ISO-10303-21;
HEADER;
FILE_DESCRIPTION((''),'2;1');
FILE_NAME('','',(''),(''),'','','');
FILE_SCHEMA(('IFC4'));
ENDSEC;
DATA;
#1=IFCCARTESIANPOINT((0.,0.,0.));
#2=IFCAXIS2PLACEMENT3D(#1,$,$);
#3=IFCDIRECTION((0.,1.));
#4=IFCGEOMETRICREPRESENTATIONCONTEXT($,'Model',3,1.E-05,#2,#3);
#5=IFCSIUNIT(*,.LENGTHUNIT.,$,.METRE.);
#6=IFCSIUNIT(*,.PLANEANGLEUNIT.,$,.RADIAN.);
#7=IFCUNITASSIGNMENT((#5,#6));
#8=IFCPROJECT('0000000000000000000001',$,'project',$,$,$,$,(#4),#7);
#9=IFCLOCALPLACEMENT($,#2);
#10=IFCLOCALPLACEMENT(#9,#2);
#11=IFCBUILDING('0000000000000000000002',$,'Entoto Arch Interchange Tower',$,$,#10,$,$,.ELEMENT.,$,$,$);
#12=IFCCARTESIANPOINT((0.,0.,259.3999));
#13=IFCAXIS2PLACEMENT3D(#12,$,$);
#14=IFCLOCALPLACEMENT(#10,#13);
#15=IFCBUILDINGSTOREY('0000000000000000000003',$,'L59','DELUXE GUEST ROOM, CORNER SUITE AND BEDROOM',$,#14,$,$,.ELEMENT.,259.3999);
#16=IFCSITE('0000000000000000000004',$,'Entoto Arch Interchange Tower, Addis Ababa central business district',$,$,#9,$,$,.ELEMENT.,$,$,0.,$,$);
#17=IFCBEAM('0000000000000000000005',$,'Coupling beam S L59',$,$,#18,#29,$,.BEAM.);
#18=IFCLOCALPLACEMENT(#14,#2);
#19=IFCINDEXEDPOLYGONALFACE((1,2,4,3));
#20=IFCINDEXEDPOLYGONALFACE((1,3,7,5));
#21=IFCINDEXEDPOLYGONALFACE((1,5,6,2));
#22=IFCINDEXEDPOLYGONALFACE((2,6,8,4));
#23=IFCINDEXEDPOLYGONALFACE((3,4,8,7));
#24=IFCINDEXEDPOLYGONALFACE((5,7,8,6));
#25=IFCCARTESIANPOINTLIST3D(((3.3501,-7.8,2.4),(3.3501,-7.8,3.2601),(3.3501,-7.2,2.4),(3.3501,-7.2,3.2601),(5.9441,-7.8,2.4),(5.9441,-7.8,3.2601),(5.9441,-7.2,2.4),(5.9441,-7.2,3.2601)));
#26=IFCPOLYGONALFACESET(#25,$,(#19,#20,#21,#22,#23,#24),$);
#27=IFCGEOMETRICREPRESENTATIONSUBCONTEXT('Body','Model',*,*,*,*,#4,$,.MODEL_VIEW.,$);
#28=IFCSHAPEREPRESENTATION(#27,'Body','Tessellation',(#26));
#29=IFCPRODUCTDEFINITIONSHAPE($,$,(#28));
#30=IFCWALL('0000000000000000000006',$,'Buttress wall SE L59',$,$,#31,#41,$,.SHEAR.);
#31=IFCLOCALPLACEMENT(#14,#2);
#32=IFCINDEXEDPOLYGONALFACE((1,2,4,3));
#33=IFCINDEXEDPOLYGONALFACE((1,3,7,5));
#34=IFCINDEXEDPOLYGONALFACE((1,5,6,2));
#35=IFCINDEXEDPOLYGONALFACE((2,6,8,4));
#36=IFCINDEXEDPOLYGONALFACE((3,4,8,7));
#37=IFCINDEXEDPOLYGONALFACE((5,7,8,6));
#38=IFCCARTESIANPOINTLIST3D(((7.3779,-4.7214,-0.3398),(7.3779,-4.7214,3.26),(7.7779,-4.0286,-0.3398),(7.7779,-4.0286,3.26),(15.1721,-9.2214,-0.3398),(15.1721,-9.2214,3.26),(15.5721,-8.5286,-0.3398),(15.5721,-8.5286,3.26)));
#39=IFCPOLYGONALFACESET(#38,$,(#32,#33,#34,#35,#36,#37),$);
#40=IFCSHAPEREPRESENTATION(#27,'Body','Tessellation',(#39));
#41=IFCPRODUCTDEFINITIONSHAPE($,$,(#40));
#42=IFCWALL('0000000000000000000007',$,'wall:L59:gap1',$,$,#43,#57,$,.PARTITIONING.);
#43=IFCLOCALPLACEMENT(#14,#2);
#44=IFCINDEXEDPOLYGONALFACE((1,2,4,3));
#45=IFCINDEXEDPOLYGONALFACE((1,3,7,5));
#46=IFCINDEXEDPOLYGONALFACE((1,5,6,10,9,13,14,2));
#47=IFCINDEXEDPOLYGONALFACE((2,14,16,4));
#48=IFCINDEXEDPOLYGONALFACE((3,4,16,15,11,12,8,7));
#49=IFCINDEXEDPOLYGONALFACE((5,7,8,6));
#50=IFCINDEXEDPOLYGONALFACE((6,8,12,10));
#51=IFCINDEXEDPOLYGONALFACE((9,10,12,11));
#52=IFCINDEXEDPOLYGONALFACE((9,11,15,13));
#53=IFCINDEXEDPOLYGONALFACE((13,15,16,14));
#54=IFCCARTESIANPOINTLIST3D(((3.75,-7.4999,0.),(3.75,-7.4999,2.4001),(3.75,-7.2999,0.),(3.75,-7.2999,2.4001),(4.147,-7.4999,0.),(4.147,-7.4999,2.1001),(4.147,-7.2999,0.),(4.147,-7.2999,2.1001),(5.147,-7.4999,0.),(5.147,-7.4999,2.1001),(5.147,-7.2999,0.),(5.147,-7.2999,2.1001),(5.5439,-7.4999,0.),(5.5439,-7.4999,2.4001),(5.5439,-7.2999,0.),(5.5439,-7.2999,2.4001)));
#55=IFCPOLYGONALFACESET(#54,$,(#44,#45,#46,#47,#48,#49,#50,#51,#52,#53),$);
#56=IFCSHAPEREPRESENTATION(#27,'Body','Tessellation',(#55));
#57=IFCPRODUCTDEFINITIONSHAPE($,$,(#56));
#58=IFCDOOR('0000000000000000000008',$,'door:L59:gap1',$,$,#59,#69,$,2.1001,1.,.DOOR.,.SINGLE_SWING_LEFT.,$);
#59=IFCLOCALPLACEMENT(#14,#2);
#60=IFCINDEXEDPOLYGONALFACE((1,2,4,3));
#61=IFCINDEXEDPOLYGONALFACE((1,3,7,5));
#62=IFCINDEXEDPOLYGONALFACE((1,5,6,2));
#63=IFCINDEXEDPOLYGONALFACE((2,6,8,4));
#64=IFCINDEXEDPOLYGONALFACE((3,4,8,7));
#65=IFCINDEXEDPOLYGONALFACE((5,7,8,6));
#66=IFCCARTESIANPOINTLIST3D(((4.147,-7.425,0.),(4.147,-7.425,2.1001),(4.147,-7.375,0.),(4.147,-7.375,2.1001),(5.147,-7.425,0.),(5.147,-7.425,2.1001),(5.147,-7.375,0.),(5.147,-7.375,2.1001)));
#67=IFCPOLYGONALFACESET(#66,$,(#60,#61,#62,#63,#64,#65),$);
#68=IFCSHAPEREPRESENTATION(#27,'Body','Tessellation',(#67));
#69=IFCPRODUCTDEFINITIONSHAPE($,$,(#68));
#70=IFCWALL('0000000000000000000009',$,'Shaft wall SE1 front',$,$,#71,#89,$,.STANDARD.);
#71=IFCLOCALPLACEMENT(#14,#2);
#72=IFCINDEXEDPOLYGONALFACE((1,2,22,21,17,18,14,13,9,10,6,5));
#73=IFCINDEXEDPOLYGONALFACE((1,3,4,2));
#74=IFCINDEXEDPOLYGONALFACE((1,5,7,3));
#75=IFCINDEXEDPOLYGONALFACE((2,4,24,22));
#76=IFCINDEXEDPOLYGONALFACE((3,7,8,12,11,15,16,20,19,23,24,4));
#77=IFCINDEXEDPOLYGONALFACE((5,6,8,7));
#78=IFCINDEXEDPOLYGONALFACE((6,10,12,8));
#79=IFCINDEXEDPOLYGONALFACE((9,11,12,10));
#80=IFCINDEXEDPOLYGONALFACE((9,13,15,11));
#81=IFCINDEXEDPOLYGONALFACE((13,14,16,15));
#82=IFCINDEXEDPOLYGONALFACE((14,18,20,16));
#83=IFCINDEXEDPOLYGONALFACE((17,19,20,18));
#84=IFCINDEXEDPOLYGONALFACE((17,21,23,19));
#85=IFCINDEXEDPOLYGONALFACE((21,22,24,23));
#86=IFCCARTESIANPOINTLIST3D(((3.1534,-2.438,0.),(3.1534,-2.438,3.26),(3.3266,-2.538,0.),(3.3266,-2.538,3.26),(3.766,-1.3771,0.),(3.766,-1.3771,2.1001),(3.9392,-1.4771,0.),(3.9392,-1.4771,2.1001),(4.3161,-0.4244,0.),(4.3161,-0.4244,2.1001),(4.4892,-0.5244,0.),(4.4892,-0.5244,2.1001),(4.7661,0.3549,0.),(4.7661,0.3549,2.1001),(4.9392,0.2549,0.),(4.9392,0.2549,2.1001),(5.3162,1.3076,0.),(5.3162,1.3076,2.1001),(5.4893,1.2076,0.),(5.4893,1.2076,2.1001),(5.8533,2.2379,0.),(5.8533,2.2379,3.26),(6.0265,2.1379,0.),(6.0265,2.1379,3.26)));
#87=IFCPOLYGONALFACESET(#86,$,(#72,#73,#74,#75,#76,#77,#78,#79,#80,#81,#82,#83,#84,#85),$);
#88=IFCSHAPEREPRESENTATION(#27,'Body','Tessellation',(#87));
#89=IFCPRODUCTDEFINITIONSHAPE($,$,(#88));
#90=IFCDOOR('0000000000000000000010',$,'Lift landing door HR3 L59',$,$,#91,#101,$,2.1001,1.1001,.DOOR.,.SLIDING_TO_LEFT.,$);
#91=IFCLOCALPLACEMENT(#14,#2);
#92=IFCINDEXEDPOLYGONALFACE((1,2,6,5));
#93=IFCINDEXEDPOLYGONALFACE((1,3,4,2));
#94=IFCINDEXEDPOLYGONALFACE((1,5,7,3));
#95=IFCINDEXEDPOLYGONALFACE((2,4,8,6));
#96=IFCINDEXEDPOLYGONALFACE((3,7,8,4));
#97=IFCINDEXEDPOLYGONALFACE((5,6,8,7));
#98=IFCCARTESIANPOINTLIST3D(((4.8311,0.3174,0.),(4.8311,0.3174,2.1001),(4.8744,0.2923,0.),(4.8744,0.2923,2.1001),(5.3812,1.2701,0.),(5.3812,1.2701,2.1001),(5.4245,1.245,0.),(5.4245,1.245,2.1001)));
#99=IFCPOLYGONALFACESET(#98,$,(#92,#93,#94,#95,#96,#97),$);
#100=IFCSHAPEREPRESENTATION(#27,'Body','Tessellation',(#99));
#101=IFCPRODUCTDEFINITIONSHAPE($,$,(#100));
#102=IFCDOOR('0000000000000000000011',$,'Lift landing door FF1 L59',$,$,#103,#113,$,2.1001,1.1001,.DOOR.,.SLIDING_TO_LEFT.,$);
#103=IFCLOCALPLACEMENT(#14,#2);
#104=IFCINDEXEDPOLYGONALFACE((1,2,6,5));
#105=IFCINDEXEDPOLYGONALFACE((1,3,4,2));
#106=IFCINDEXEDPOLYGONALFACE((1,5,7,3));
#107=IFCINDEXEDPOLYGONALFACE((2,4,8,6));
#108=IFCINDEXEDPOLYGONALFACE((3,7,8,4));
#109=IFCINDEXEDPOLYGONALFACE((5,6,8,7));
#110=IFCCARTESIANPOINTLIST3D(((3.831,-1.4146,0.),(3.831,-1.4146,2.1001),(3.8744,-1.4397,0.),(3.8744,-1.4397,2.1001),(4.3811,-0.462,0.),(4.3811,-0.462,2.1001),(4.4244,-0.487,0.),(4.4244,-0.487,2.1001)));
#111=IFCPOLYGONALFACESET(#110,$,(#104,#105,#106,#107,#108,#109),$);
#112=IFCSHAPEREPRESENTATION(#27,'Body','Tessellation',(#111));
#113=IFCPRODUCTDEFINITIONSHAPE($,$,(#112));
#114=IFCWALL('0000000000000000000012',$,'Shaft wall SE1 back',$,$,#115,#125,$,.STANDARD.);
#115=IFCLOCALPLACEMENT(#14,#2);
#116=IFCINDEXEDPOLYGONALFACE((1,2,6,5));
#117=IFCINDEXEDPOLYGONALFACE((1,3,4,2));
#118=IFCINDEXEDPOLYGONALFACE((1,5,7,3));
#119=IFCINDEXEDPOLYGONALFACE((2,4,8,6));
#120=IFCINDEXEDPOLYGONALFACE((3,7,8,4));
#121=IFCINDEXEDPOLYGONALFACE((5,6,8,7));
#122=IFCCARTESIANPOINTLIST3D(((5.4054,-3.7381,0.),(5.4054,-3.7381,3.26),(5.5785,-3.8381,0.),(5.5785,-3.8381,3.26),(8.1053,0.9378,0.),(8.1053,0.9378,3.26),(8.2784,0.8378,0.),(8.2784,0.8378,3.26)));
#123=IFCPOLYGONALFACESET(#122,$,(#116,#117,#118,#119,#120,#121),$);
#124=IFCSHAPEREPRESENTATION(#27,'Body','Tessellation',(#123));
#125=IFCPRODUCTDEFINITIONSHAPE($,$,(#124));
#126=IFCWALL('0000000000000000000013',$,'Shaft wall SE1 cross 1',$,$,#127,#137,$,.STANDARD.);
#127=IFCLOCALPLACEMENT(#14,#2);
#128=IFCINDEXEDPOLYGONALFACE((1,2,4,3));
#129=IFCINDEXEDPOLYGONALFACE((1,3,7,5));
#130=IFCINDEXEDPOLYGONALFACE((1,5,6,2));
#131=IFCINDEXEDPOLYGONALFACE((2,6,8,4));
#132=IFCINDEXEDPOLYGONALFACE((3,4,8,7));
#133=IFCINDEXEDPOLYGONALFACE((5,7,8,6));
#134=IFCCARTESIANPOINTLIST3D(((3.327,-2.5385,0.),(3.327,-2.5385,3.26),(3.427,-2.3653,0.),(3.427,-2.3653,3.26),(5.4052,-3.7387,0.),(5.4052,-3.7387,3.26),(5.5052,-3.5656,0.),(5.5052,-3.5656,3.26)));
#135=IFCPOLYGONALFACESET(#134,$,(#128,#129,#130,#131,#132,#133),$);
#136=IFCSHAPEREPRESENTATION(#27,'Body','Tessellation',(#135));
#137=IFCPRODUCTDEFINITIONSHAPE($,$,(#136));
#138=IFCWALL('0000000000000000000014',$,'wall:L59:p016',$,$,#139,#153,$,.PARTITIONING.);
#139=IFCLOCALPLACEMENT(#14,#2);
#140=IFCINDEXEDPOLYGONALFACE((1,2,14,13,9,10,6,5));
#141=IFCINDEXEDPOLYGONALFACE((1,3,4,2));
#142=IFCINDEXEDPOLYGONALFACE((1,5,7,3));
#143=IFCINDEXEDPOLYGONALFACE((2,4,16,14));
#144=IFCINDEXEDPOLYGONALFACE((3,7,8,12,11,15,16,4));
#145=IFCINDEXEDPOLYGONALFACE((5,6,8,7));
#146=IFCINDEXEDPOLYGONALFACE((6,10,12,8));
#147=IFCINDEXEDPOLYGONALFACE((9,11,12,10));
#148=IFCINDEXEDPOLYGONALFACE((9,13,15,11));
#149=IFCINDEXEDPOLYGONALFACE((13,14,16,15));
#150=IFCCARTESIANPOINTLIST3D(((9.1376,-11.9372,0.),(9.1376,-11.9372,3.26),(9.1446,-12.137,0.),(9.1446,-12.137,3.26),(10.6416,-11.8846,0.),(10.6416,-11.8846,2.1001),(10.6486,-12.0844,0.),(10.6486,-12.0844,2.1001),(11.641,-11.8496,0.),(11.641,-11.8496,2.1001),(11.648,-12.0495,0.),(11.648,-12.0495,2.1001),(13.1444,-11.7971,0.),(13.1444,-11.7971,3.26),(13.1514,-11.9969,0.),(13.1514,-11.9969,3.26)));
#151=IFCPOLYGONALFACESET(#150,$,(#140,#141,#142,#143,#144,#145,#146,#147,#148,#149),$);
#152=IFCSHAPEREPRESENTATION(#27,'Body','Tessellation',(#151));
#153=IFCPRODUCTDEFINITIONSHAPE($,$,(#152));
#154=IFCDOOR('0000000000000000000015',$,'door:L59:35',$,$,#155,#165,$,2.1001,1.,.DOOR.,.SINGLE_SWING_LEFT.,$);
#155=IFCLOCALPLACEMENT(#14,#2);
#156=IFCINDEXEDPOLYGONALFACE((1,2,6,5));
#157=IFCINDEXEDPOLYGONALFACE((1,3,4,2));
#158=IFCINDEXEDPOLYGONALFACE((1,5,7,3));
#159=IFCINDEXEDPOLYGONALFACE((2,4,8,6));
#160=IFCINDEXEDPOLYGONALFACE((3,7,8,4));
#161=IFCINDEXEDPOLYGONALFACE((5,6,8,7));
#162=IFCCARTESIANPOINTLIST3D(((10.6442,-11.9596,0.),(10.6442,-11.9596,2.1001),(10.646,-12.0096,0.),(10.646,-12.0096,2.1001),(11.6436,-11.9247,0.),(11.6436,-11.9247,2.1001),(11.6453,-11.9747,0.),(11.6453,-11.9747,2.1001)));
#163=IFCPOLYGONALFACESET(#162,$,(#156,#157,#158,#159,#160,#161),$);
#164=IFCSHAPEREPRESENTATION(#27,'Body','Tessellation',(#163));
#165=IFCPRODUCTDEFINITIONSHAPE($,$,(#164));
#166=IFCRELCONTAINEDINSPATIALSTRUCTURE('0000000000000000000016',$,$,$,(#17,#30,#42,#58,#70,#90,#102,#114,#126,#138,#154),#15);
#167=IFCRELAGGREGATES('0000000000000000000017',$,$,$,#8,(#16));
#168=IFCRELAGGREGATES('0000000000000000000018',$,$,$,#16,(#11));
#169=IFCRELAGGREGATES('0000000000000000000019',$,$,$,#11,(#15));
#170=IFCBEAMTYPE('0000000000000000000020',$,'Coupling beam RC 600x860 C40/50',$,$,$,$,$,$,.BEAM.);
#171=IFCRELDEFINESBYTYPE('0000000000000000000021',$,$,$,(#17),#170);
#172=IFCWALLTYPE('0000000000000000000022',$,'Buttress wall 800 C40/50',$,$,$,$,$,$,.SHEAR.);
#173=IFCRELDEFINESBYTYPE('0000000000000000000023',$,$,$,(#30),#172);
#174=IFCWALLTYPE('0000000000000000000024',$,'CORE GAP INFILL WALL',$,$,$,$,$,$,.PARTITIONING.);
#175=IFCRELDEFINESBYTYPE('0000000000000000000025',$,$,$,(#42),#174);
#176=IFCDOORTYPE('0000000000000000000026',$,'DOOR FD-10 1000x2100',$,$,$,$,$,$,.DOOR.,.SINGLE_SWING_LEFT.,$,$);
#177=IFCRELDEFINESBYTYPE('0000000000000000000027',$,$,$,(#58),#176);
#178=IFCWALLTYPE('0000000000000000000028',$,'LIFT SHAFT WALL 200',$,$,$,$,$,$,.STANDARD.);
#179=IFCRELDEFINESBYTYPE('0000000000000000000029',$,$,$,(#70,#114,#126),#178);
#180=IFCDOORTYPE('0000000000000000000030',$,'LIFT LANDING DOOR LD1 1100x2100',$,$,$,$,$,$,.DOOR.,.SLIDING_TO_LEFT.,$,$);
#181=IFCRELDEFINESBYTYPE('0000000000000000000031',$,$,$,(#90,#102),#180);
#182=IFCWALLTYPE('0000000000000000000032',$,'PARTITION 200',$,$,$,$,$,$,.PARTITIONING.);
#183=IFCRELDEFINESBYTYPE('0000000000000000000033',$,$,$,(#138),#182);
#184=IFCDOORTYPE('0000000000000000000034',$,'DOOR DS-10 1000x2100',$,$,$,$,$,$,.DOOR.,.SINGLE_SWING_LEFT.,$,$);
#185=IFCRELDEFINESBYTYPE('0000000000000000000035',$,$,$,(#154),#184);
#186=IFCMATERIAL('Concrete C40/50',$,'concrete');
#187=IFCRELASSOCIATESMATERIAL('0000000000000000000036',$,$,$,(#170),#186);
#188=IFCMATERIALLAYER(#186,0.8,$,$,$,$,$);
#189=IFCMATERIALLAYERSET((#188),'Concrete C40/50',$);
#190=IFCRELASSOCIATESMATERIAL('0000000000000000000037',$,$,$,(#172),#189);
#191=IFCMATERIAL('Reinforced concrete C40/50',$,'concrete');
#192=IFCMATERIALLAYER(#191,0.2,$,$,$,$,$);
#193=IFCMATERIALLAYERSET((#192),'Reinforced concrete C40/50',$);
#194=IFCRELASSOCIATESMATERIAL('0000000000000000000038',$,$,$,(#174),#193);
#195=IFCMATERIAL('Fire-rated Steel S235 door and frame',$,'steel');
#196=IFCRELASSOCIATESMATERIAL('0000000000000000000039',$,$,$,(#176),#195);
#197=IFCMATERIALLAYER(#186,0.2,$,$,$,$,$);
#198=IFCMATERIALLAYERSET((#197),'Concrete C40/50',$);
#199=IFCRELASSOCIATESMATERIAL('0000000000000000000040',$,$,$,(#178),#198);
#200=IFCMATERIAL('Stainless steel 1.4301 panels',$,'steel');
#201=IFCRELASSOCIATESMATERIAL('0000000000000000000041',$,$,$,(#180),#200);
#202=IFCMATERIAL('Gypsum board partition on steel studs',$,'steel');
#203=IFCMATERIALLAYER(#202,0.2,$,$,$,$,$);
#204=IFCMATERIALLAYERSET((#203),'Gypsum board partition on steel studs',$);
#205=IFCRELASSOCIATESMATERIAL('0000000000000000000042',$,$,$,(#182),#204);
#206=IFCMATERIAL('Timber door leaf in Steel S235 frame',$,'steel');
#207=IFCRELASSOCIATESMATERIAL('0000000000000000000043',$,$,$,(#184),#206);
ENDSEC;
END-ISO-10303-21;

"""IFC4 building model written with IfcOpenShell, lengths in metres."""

from ifc_helpers import new_model, si_unit, direction, frame, frame_2d, origin, origin_2d, place, context, subcontext, project, spatial, rectangle, extrude, material, layer, layer_set, material_profile, profile_set, type_object, element, fill, save


model = new_model("IFC4")

# Units and contexts
model_context = context("Model", 3, precision=1e-05, world=origin(), true_north=direction((0.0, 1.0)))
body_context = subcontext(model_context, "Body", "Model", "MODEL_VIEW")
ifc_project = project(units=[si_unit("LENGTHUNIT", "METRE"), si_unit("PLANEANGLEUNIT", "RADIAN")], contexts=[model_context])

# Site, building, storey
site_placement = place(None, origin())
site = spatial("IfcSite", under=ifc_project, at=site_placement, Name="Entoto Arch Interchange Tower, Addis Ababa central business district", CompositionType="ELEMENT", RefElevation=0.0)
building_placement = place(site_placement, origin())
building = spatial("IfcBuilding", under=site, at=building_placement, Name="Entoto Arch Interchange Tower", CompositionType="ELEMENT")
storey_placement = place(building_placement, frame((0.0, 0.0, 259.3999)))
storey = spatial("IfcBuildingStorey", under=building, at=storey_placement, Name="L59", Description="DELUXE GUEST ROOM, CORNER SUITE AND BEDROOM", CompositionType="ELEMENT", Elevation=259.3999)

# Beam
ifc_material_1 = material(Name="Concrete C40/50", Category="concrete")
ifc_material_profile = material_profile(ifc_material_1, rectangle(XDim=0.6001, YDim=0.8601, at=origin_2d()))
ifc_profile_set = profile_set([ifc_material_profile], Name="Concrete C40/50")
beam_type = type_object("IfcBeamType", Name="Coupling beam RC 600x860 C40/50", PredefinedType="BEAM", material=ifc_profile_set)
beam_placement = place(storey_placement, frame((3.3501, -7.5, 2.8301), z_axis=(1.0, 0.0, 0.0), x_axis=(0.0, 1.0, 0.0)))
element("IfcBeam", 1, at=beam_placement, inside=storey, type_object=beam_type, Name="Coupling beam S L59", PredefinedType="BEAM", context=body_context, shape_type="SweptSolid", body=[
    extrude(rectangle(XDim=0.6001, YDim=0.8601, at=origin_2d()), origin(), (0.0, 0.0, 1.0), 2.594),
])

# Wall
ifc_layer_1 = layer(ifc_material_1, 0.8)
ifc_layer_set_1 = layer_set([ifc_layer_1], Name="Concrete C40/50")
wall_type_1 = type_object("IfcWallType", Name="Buttress wall 800 C40/50", PredefinedType="SHEAR", material=ifc_layer_set_1)
wall_1_placement = place(storey_placement, frame((7.5779, -4.375, -0.3398), z_axis=(0.0, 0.0, 1.0), x_axis=(0.866024, -0.500002, 0.0)))
element("IfcWall", 2, at=wall_1_placement, inside=storey, type_object=wall_type_1, Name="Buttress wall SE L59", PredefinedType="SHEAR", context=body_context, shape_type="SweptSolid", body=[
    extrude(rectangle(XDim=9.0, YDim=0.8, at=frame_2d((4.5, 0.0))), origin(), (0.0, 0.0, 1.0), 3.5999),
])

# Wall, opening, door
ifc_material_2 = material(Name="Reinforced concrete C40/50", Category="concrete")
ifc_layer_2 = layer(ifc_material_2, 0.2)
ifc_layer_set_2 = layer_set([ifc_layer_2], Name="Reinforced concrete C40/50")
wall_type_2 = type_object("IfcWallType", Name="CORE GAP INFILL WALL", PredefinedType="PARTITIONING", material=ifc_layer_set_2)
wall_2_placement = place(storey_placement, frame((3.75, -7.3999, 0.0), z_axis=(0.0, 0.0, 1.0), x_axis=(1.0, 0.0, 0.0)))
wall_2 = element("IfcWall", 3, at=wall_2_placement, inside=storey, type_object=wall_type_2, Name="wall:L59:gap1", PredefinedType="PARTITIONING", context=body_context, shape_type="SweptSolid", body=[
    extrude(rectangle(XDim=1.7939, YDim=0.2, at=frame_2d((0.897, 0.0))), origin(), (0.0, 0.0, 1.0), 2.4001),
])
opening_1_placement = place(wall_2_placement, frame((0.397, 0.0, 0.0)))
opening_1 = element("IfcOpeningElement", 4, at=opening_1_placement, cuts=wall_2, PredefinedType="OPENING", context=body_context, shape_type="SweptSolid", body=[
    extrude(rectangle(XDim=1.0, YDim=2.1001, at=frame_2d((0.5, 1.05))), frame((0.0, 0.1099, 0.0), z_axis=(0.0, -1.0, 0.0), x_axis=(1.0, 0.0, 0.0)), (0.0, 0.0, 1.0), 0.22),
])
ifc_material_3 = material(Name="Fire-rated Steel S235 door and frame", Category="steel")
door_type_1 = type_object("IfcDoorType", Name="DOOR FD-10 1000x2100", OperationType="SINGLE_SWING_LEFT", PredefinedType="DOOR", material=ifc_material_3)
door_1_placement = place(opening_1_placement, origin())
door_1 = element("IfcDoor", 5, at=door_1_placement, inside=storey, type_object=door_type_1, Name="door:L59:gap1", OperationType="SINGLE_SWING_LEFT", OverallHeight=2.1001, OverallWidth=1.0, PredefinedType="DOOR", context=body_context, shape_type="SweptSolid", body=[
    extrude(rectangle(XDim=1.0, YDim=2.1001, at=frame_2d((0.5, 1.05))), frame((0.0, 0.0249, 0.0), z_axis=(0.0, -1.0, 0.0), x_axis=(1.0, 0.0, 0.0)), (0.0, 0.0, 1.0), 0.05),
])
fill(opening_1, door_1)

# Wall, openings, doors
ifc_layer_3 = layer(ifc_material_1, 0.2)
ifc_layer_set_3 = layer_set([ifc_layer_3], Name="Concrete C40/50")
wall_type_3 = type_object("IfcWallType", Name="LIFT SHAFT WALL 200", PredefinedType="STANDARD", material=ifc_layer_set_3)
wall_3_placement = place(storey_placement, frame((3.24, -2.488, 0.0), z_axis=(0.0, 0.0, 1.0), x_axis=(0.500034, 0.866006, 0.0)))
wall_3 = element("IfcWall", 6, at=wall_3_placement, inside=storey, type_object=wall_type_3, Name="Shaft wall SE1 front", PredefinedType="STANDARD", context=body_context, shape_type="SweptSolid", body=[
    extrude(rectangle(XDim=5.3994, YDim=0.2, at=frame_2d((2.6997, 0.0))), origin(), (0.0, 0.0, 1.0), 3.26),
])
opening_2_placement = place(wall_3_placement, frame((3.2251, 0.0, 0.0)))
opening_2 = element("IfcOpeningElement", 7, at=opening_2_placement, cuts=wall_3, PredefinedType="OPENING", context=body_context, shape_type="SweptSolid", body=[
    extrude(rectangle(XDim=1.1001, YDim=2.1001, at=frame_2d((0.55, 1.05))), frame((0.0, 0.1099, 0.0), z_axis=(0.0, -1.0, 0.0), x_axis=(1.0, 0.0, 0.0)), (0.0, 0.0, 1.0), 0.22),
])
opening_3_placement = place(wall_3_placement, frame((1.2251, 0.0, 0.0)))
opening_3 = element("IfcOpeningElement", 8, at=opening_3_placement, cuts=wall_3, PredefinedType="OPENING", context=body_context, shape_type="SweptSolid", body=[
    extrude(rectangle(XDim=1.1001, YDim=2.1001, at=frame_2d((0.55, 1.05))), frame((0.0, 0.1099, 0.0), z_axis=(0.0, -1.0, 0.0), x_axis=(1.0, 0.0, 0.0)), (0.0, 0.0, 1.0), 0.22),
])
ifc_material_4 = material(Name="Stainless steel 1.4301 panels", Category="steel")
door_type_2 = type_object("IfcDoorType", Name="LIFT LANDING DOOR LD1 1100x2100", OperationType="SLIDING_TO_LEFT", PredefinedType="DOOR", material=ifc_material_4)
door_2_placement = place(opening_2_placement, origin())
door_2 = element("IfcDoor", 9, at=door_2_placement, inside=storey, type_object=door_type_2, Name="Lift landing door HR3 L59", OperationType="SLIDING_TO_LEFT", OverallHeight=2.1001, OverallWidth=1.1001, PredefinedType="DOOR", context=body_context, shape_type="SweptSolid", body=[
    extrude(rectangle(XDim=1.1001, YDim=2.1001, at=frame_2d((0.55, 1.05))), frame((0.0, 0.0249, 0.0), z_axis=(0.0, -1.0, 0.0), x_axis=(1.0, 0.0, 0.0)), (0.0, 0.0, 1.0), 0.05),
])
fill(opening_2, door_2)
door_3_placement = place(opening_3_placement, origin())
door_3 = element("IfcDoor", 10, at=door_3_placement, inside=storey, type_object=door_type_2, Name="Lift landing door FF1 L59", OperationType="SLIDING_TO_LEFT", OverallHeight=2.1001, OverallWidth=1.1001, PredefinedType="DOOR", context=body_context, shape_type="SweptSolid", body=[
    extrude(rectangle(XDim=1.1001, YDim=2.1001, at=frame_2d((0.55, 1.05))), frame((0.0, 0.0249, 0.0), z_axis=(0.0, -1.0, 0.0), x_axis=(1.0, 0.0, 0.0)), (0.0, 0.0, 1.0), 0.05),
])
fill(opening_3, door_3)

# Walls
wall_4_placement = place(storey_placement, frame((5.4919, -3.7881, 0.0), z_axis=(0.0, 0.0, 1.0), x_axis=(0.500034, 0.866006, 0.0)))
element("IfcWall", 11, at=wall_4_placement, inside=storey, type_object=wall_type_3, Name="Shaft wall SE1 back", PredefinedType="STANDARD", context=body_context, shape_type="SweptSolid", body=[
    extrude(rectangle(XDim=5.3994, YDim=0.2, at=frame_2d((2.6997, 0.0))), origin(), (0.0, 0.0, 1.0), 3.26),
])
wall_5_placement = place(storey_placement, frame((3.377, -2.4519, 0.0), z_axis=(0.0, 0.0, 1.0), x_axis=(0.865955, -0.500122, 0.0)))
element("IfcWall", 12, at=wall_5_placement, inside=storey, type_object=wall_type_3, Name="Shaft wall SE1 cross 1", PredefinedType="STANDARD", context=body_context, shape_type="SweptSolid", body=[
    extrude(rectangle(XDim=2.3999, YDim=0.2, at=frame_2d((1.2, 0.0))), origin(), (0.0, 0.0, 1.0), 3.26),
])

# Wall, opening, door
ifc_material_5 = material(Name="Gypsum board partition on steel studs", Category="steel")
ifc_layer_4 = layer(ifc_material_5, 0.2)
ifc_layer_set_4 = layer_set([ifc_layer_4], Name="Gypsum board partition on steel studs")
wall_type_4 = type_object("IfcWallType", Name="PARTITION 200", PredefinedType="PARTITIONING", material=ifc_layer_set_4)
wall_6_placement = place(storey_placement, frame((9.1411, -12.0371, 0.0), z_axis=(0.0, 0.0, 1.0), x_axis=(0.999389, 0.034953, 0.0)))
wall_6 = element("IfcWall", 13, at=wall_6_placement, inside=storey, type_object=wall_type_4, Name="wall:L59:p016", PredefinedType="PARTITIONING", context=body_context, shape_type="SweptSolid", body=[
    extrude(rectangle(XDim=4.0093, YDim=0.2, at=frame_2d((2.0046, 0.0))), origin(), (0.0, 0.0, 1.0), 3.26),
])
opening_4_placement = place(wall_6_placement, frame((1.5049, 0.0, 0.0)))
opening_4 = element("IfcOpeningElement", 14, at=opening_4_placement, cuts=wall_6, PredefinedType="OPENING", context=body_context, shape_type="SweptSolid", body=[
    extrude(rectangle(XDim=1.0, YDim=2.1001, at=frame_2d((0.5, 1.05))), frame((0.0, 0.1099, 0.0), z_axis=(0.0, -1.0, 0.0), x_axis=(1.0, 0.0, 0.0)), (0.0, 0.0, 1.0), 0.22),
])
ifc_material_6 = material(Name="Timber door leaf in Steel S235 frame", Category="steel")
door_type_3 = type_object("IfcDoorType", Name="DOOR DS-10 1000x2100", OperationType="SINGLE_SWING_LEFT", PredefinedType="DOOR", material=ifc_material_6)
door_4_placement = place(opening_4_placement, origin())
door_4 = element("IfcDoor", 15, at=door_4_placement, inside=storey, type_object=door_type_3, Name="door:L59:35", OperationType="SINGLE_SWING_LEFT", OverallHeight=2.1001, OverallWidth=1.0, PredefinedType="DOOR", context=body_context, shape_type="SweptSolid", body=[
    extrude(rectangle(XDim=1.0, YDim=2.1001, at=frame_2d((0.5, 1.05))), frame((0.0, 0.0249, 0.0), z_axis=(0.0, -1.0, 0.0), x_axis=(1.0, 0.0, 0.0)), (0.0, 0.0, 1.0), 0.05),
])
fill(opening_4, door_4)

save(model, "model.ifc")
